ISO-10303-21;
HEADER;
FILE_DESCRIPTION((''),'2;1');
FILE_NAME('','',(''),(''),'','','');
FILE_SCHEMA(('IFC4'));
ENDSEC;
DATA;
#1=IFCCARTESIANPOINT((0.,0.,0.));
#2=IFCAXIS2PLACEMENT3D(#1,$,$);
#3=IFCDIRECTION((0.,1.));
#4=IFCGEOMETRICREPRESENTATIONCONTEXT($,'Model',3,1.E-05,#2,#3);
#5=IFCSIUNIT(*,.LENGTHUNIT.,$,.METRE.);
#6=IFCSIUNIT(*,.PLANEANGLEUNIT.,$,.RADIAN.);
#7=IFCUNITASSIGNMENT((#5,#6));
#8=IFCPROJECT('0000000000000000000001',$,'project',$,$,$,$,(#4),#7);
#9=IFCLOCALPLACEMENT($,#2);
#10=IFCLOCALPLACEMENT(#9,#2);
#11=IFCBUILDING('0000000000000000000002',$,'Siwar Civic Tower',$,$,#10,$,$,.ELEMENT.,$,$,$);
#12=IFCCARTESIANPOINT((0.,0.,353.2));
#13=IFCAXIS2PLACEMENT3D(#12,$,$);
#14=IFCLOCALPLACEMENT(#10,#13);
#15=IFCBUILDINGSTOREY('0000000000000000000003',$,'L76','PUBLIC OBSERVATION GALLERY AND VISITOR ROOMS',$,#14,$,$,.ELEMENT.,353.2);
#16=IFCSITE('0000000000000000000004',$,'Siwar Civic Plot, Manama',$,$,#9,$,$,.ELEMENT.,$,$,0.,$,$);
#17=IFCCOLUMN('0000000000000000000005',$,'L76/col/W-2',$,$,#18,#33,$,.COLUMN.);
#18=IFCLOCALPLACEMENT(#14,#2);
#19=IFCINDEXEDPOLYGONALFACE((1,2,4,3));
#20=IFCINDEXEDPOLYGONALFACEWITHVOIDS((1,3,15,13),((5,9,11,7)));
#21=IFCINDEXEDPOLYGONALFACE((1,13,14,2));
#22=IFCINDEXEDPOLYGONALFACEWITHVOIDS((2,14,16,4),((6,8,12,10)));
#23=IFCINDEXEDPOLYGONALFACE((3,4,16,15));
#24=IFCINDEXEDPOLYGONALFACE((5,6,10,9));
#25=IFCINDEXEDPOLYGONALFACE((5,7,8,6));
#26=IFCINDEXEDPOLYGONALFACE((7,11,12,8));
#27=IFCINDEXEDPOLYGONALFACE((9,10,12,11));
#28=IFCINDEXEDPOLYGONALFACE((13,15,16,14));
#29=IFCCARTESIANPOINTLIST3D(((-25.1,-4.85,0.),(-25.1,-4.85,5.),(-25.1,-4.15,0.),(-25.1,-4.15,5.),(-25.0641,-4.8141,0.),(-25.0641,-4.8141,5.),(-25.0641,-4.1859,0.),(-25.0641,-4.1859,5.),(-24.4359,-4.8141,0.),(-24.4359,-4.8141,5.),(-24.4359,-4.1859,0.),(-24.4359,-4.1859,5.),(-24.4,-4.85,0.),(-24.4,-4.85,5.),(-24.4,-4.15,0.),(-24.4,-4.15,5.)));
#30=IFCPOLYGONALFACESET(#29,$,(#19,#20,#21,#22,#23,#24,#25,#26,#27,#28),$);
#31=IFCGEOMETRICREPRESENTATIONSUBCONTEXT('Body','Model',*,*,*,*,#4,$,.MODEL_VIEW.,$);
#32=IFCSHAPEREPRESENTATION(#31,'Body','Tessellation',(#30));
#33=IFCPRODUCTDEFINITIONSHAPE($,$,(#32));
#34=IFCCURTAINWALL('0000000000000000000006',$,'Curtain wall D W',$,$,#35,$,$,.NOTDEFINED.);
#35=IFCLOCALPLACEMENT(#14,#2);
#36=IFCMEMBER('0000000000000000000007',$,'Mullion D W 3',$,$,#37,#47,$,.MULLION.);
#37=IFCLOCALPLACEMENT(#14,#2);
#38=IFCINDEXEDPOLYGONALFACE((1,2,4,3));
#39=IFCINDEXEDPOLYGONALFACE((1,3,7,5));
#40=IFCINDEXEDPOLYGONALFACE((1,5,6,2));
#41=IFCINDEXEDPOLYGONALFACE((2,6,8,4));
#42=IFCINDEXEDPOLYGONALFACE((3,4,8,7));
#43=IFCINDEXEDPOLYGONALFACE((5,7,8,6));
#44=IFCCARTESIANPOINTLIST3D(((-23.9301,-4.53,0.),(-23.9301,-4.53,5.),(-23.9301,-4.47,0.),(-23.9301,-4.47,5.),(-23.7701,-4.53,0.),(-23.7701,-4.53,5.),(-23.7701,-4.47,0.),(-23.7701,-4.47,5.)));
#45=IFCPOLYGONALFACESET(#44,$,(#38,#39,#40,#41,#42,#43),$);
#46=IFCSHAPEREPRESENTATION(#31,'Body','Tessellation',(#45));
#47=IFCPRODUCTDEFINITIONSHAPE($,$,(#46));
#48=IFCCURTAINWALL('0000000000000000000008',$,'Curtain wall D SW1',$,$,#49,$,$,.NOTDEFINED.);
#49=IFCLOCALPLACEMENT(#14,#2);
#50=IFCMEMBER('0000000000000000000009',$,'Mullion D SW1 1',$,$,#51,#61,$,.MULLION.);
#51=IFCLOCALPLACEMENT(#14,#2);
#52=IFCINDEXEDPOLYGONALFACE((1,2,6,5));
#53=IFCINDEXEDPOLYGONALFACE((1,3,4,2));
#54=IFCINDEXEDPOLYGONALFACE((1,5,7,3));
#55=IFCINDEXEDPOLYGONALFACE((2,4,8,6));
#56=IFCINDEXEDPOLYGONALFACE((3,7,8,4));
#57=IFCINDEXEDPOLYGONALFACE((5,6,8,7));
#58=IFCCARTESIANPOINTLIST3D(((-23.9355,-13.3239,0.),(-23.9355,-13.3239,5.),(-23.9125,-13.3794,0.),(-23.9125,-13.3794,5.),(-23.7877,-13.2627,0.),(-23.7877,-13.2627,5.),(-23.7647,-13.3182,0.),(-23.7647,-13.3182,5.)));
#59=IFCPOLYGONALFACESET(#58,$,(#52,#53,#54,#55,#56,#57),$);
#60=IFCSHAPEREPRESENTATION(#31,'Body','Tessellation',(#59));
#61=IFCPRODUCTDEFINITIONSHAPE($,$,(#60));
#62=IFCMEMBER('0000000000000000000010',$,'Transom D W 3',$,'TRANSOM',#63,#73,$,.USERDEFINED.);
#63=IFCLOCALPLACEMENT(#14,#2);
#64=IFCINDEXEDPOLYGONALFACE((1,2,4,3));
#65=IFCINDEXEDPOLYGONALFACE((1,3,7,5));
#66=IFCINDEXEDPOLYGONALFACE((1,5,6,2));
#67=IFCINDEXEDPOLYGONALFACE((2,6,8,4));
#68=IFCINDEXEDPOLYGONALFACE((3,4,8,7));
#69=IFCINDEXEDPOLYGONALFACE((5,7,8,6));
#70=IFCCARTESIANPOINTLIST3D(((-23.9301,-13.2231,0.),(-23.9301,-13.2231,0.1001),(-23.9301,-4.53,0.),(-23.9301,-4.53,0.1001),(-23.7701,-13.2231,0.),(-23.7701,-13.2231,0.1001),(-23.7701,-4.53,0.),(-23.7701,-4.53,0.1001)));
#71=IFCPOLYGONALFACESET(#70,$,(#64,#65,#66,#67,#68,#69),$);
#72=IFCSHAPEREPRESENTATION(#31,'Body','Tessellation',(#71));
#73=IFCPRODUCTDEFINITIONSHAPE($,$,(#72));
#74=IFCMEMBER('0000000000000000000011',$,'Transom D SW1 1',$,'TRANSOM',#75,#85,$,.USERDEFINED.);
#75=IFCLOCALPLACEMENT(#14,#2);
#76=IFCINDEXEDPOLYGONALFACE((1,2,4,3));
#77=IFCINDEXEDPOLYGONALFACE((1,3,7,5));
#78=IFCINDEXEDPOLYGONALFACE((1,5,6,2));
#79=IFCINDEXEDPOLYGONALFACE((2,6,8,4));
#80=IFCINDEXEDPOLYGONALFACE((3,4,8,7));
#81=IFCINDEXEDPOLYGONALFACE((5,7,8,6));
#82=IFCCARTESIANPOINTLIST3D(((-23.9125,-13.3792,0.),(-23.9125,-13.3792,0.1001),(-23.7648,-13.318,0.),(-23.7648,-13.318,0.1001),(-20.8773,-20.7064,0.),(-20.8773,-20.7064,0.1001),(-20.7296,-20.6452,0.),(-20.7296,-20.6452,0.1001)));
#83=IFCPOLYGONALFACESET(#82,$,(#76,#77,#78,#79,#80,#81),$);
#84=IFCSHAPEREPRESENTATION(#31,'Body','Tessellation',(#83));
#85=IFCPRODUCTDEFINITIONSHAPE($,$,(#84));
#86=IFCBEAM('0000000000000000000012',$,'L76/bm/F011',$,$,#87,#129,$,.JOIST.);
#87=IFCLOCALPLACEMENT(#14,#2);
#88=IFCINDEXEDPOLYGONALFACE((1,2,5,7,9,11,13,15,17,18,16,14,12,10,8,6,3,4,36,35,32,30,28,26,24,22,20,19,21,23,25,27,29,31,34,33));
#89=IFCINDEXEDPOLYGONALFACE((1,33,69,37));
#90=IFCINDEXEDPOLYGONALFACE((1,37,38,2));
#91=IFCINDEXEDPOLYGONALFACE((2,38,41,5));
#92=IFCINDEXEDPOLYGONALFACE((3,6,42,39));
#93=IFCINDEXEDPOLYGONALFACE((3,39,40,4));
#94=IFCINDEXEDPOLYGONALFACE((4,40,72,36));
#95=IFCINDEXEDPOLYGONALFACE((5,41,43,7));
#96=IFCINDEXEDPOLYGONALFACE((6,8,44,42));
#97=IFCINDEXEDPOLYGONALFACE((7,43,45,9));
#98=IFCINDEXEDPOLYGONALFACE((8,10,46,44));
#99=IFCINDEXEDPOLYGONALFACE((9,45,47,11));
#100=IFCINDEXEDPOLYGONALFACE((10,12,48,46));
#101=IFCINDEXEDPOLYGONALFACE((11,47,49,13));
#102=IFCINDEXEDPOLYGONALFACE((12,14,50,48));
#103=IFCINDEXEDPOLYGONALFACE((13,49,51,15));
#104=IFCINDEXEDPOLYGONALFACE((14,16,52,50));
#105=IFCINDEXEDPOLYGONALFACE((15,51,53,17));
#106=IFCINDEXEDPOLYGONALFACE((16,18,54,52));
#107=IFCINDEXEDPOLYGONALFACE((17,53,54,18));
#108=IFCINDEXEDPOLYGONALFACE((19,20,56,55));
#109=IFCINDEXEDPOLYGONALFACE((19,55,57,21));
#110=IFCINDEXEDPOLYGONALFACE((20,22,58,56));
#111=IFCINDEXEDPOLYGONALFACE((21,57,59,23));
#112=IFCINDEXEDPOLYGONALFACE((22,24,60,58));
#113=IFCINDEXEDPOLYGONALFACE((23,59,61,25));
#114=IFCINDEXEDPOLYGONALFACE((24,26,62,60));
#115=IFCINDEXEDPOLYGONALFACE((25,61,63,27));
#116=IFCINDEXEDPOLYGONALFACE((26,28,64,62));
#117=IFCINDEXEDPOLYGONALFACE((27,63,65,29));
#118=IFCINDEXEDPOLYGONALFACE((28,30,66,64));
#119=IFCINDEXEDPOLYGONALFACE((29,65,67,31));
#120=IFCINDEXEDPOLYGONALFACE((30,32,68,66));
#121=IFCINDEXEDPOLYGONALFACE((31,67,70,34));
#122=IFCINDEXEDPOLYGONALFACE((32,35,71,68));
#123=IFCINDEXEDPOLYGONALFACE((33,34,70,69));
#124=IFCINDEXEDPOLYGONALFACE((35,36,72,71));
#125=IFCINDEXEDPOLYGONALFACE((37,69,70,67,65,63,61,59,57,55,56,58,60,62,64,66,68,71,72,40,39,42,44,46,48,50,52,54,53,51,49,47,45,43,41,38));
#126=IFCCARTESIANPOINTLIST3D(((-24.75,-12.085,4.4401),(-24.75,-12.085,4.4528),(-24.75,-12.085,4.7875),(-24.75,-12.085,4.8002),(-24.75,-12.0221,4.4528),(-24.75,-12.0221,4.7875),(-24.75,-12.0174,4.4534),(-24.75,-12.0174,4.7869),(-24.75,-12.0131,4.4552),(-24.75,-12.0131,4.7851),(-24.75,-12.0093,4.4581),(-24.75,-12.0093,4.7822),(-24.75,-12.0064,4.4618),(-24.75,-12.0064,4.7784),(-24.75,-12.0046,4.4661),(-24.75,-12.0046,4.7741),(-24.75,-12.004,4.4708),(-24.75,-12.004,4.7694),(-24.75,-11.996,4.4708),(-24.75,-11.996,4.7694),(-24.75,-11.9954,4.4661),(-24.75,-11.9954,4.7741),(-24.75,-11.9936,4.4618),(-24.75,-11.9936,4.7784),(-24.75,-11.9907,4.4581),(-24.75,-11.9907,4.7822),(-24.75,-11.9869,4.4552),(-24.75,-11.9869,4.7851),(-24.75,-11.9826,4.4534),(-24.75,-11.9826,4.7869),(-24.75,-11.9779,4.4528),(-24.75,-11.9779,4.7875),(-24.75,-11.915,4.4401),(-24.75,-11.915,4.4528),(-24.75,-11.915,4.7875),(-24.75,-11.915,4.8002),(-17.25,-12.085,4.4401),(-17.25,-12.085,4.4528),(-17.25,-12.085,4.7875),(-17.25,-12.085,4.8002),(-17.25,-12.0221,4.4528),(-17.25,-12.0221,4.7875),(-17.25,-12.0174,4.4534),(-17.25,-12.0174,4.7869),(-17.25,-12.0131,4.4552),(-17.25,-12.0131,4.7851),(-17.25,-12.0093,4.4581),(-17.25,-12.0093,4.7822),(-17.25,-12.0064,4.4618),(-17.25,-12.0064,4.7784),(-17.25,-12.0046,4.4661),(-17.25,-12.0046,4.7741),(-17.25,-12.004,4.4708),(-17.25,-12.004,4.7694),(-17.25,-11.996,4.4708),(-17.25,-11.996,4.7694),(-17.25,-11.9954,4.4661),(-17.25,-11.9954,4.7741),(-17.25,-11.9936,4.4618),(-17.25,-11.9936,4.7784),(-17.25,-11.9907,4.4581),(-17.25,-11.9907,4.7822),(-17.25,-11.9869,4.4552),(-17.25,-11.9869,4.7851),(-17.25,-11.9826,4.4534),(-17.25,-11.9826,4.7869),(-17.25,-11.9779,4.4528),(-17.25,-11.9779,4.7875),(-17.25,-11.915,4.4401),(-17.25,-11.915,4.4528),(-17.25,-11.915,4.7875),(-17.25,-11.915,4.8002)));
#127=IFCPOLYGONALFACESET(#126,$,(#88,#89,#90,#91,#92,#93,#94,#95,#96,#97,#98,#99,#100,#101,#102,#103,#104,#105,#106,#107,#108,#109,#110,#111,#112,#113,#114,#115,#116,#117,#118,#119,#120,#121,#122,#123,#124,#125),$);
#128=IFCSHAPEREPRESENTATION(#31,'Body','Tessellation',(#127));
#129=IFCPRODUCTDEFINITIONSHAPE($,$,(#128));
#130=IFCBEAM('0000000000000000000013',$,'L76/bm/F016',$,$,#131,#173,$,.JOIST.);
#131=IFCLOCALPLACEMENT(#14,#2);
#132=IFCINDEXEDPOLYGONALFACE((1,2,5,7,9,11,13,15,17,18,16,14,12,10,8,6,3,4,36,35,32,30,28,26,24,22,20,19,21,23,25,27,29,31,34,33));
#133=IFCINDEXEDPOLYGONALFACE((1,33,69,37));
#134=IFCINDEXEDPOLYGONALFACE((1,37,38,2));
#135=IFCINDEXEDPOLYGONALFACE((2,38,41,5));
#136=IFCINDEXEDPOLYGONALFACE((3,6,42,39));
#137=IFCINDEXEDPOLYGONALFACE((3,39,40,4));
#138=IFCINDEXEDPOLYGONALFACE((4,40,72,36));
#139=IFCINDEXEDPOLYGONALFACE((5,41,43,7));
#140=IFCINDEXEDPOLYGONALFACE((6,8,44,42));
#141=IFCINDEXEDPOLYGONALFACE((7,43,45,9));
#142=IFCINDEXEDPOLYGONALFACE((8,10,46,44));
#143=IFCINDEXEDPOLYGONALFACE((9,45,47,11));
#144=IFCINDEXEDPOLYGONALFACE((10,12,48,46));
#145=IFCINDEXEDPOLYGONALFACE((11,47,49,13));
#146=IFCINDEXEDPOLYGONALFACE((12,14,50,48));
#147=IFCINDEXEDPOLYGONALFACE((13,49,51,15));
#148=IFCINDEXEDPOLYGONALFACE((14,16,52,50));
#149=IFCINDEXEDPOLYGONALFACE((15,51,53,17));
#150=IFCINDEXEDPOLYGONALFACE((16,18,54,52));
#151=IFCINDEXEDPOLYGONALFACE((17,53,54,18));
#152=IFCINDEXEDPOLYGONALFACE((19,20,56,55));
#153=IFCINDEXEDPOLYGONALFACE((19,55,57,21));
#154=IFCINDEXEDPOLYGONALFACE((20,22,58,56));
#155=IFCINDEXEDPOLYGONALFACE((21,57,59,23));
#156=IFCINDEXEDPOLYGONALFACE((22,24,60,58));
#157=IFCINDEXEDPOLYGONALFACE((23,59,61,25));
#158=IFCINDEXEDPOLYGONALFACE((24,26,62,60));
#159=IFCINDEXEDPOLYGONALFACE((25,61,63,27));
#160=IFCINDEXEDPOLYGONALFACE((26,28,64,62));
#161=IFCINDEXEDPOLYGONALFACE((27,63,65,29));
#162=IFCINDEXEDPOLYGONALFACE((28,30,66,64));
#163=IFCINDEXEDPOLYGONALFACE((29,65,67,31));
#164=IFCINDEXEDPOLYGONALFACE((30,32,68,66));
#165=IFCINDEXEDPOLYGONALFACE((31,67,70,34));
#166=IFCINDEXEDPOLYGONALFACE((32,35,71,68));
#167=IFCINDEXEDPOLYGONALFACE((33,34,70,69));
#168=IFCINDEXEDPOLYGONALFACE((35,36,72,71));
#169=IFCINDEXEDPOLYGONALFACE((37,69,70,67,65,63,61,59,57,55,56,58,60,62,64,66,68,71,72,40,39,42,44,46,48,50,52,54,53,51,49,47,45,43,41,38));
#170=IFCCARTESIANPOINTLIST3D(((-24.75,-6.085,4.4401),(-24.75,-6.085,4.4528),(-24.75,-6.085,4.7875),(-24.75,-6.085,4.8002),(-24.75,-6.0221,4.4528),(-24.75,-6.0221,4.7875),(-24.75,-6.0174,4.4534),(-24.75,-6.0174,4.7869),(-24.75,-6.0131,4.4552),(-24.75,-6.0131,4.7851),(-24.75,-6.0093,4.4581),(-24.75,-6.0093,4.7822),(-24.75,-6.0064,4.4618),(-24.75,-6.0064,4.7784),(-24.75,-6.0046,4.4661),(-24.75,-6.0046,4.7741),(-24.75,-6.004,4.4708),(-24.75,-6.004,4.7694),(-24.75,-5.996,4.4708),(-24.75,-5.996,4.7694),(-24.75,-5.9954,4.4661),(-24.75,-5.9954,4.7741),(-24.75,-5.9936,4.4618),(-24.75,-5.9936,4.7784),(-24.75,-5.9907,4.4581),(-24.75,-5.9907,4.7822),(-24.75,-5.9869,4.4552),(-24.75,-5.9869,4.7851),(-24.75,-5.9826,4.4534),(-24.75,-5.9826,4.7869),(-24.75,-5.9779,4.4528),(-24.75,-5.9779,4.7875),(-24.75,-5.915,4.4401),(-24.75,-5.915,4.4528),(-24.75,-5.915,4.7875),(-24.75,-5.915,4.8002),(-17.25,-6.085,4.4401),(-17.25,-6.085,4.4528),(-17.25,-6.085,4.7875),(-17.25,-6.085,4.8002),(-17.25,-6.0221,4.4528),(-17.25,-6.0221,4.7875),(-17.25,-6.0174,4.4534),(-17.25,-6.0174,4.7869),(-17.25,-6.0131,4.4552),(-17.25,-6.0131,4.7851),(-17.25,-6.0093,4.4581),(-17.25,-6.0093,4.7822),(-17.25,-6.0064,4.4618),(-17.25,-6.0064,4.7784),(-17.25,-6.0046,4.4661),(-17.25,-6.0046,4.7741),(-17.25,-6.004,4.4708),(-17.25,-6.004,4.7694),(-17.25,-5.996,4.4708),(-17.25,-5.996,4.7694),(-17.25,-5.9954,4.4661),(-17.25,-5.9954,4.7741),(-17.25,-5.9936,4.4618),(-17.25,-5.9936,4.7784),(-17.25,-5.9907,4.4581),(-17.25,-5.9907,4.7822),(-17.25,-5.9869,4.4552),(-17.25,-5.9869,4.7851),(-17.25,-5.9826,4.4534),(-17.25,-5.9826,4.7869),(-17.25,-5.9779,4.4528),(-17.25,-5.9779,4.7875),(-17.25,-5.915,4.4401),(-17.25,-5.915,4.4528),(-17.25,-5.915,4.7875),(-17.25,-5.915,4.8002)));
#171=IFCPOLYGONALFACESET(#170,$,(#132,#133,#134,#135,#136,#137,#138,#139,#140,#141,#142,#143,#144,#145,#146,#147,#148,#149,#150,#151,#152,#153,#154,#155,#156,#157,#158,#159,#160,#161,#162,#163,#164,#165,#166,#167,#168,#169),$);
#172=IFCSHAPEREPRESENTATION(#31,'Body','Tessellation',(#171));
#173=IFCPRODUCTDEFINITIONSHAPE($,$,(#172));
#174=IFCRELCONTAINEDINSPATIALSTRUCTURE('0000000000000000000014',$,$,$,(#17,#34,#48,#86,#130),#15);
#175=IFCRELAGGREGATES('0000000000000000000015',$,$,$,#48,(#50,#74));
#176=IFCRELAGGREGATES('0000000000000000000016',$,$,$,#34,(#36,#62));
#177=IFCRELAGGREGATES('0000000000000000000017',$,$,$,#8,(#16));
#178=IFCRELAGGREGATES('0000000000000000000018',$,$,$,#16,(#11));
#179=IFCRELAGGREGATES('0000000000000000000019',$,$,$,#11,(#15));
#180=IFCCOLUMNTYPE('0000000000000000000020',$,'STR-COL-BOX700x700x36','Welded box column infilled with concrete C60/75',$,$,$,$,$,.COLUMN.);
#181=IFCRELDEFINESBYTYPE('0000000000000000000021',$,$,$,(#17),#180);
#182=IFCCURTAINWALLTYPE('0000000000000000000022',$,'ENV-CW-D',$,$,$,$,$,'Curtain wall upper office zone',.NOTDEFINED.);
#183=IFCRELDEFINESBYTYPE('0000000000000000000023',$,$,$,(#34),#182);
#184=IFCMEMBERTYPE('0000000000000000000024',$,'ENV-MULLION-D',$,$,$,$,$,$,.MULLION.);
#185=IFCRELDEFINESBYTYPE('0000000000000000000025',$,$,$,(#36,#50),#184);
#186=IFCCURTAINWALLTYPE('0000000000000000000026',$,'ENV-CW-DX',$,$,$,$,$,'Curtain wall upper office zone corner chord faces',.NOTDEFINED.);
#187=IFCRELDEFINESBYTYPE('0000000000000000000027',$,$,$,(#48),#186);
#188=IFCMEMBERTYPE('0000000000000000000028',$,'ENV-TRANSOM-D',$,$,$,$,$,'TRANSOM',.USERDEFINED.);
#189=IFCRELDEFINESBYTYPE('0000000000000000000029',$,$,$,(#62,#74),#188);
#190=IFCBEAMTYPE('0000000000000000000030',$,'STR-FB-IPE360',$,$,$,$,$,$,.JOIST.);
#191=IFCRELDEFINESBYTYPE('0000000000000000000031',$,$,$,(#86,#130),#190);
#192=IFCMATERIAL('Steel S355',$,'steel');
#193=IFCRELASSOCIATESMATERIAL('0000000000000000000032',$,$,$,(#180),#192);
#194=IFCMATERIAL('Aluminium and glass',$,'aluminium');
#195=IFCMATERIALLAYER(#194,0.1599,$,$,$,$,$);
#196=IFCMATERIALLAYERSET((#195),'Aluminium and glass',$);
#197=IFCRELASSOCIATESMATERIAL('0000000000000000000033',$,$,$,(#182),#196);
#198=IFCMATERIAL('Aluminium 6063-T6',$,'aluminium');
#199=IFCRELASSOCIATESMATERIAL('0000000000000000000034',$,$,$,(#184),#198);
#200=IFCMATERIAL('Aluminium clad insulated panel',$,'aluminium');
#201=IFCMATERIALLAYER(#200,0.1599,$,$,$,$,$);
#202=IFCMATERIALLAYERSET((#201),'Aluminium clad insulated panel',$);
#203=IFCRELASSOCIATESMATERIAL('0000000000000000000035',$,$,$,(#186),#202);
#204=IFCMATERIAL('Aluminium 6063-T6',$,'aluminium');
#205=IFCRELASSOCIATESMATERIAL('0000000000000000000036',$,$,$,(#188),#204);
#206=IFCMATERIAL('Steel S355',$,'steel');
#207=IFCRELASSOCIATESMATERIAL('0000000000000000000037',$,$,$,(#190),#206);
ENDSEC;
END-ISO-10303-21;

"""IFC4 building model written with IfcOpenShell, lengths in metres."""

from ifc_helpers import new_model, si_unit, direction, frame, origin, origin_2d, place, context, subcontext, project, spatial, rectangle, hollow_rectangle, i_section, extrude, material, layer, layer_set, material_profile, profile_set, type_object, element, aggregate, save


model = new_model("IFC4")

# Units and contexts
model_context = context("Model", 3, precision=1e-05, world=origin(), true_north=direction((0.0, 1.0)))
body_context = subcontext(model_context, "Body", "Model", "MODEL_VIEW")
ifc_project = project(units=[si_unit("LENGTHUNIT", "METRE"), si_unit("PLANEANGLEUNIT", "RADIAN")], contexts=[model_context])

# Site, building, storey
site_placement = place(None, origin())
site = spatial("IfcSite", under=ifc_project, at=site_placement, Name="Siwar Civic Plot, Manama", CompositionType="ELEMENT", RefElevation=0.0)
building_placement = place(site_placement, origin())
building = spatial("IfcBuilding", under=site, at=building_placement, Name="Siwar Civic Tower", CompositionType="ELEMENT")
storey_placement = place(building_placement, frame((0.0, 0.0, 353.2)))
storey = spatial("IfcBuildingStorey", under=building, at=storey_placement, Name="L76", Description="PUBLIC OBSERVATION GALLERY AND VISITOR ROOMS", CompositionType="ELEMENT", Elevation=353.2)

# Column
ifc_material_1 = material(Name="Steel S355", Category="steel")
ifc_material_profile_1 = material_profile(ifc_material_1, hollow_rectangle(XDim=0.7, YDim=0.7, WallThickness=0.0359, at=origin_2d()), Name="BOX700x700x36")
ifc_profile_set_1 = profile_set([ifc_material_profile_1], Name="Steel S355")
column_type = type_object("IfcColumnType", Name="STR-COL-BOX700x700x36", Description="Welded box column infilled with concrete C60/75", PredefinedType="COLUMN", material=ifc_profile_set_1)
column_placement = place(storey_placement, frame((-24.75, -4.5, 0.0), z_axis=(0.0, 0.0, 1.0), x_axis=(1.0, 0.0, 0.0)))
element("IfcColumn", 1, at=column_placement, inside=storey, type_object=column_type, Name="L76/col/W-2", PredefinedType="COLUMN", context=body_context, shape_type="SweptSolid", body=[
    extrude(hollow_rectangle(XDim=0.7, YDim=0.7, WallThickness=0.0359, at=origin_2d()), origin(), (0.0, 0.0, 1.0), 5.0),
])

# Curtain walls, members
ifc_material_2 = material(Name="Aluminium and glass", Category="aluminium")
ifc_layer_1 = layer(ifc_material_2, 0.1599)
ifc_layer_set_1 = layer_set([ifc_layer_1], Name="Aluminium and glass")
curtain_wall_type_1 = type_object("IfcCurtainWallType", Name="ENV-CW-D", ElementType="Curtain wall upper office zone", PredefinedType="NOTDEFINED", material=ifc_layer_set_1)
curtain_wall_1_placement = place(storey_placement, origin())
curtain_wall_1 = element("IfcCurtainWall", 2, at=curtain_wall_1_placement, inside=storey, type_object=curtain_wall_type_1, Name="Curtain wall D W", PredefinedType="NOTDEFINED")
ifc_material_3 = material(Name="Aluminium 6063-T6", Category="aluminium")
ifc_material_profile_2 = material_profile(ifc_material_3, rectangle(XDim=0.1599, YDim=0.0601, at=origin_2d()), Name="AL 160x60")
ifc_profile_set_2 = profile_set([ifc_material_profile_2], Name="Aluminium 6063-T6")
member_type_1 = type_object("IfcMemberType", Name="ENV-MULLION-D", PredefinedType="MULLION", material=ifc_profile_set_2)
member_1_placement = place(storey_placement, frame((-23.8501, -4.5, 0.0), z_axis=(0.0, 0.0, 1.0), x_axis=(1.0, 0.0, 0.0)))
member_1 = element("IfcMember", 3, at=member_1_placement, type_object=member_type_1, Name="Mullion D W 3", PredefinedType="MULLION", context=body_context, shape_type="SweptSolid", body=[
    extrude(rectangle(XDim=0.1599, YDim=0.0601, at=origin_2d()), origin(), (0.0, 0.0, 1.0), 5.0),
])
ifc_material_4 = material(Name="Aluminium clad insulated panel", Category="aluminium")
ifc_layer_2 = layer(ifc_material_4, 0.1599)
ifc_layer_set_2 = layer_set([ifc_layer_2], Name="Aluminium clad insulated panel")
curtain_wall_type_2 = type_object("IfcCurtainWallType", Name="ENV-CW-DX", ElementType="Curtain wall upper office zone corner chord faces", PredefinedType="NOTDEFINED", material=ifc_layer_set_2)
curtain_wall_2_placement = place(storey_placement, origin())
curtain_wall_2 = element("IfcCurtainWall", 4, at=curtain_wall_2_placement, inside=storey, type_object=curtain_wall_type_2, Name="Curtain wall D SW1", PredefinedType="NOTDEFINED")
member_2_placement = place(storey_placement, frame((-23.8501, -13.321, 0.0), z_axis=(0.0, 0.0, 1.0), x_axis=(0.92388, 0.382683, 0.0)))
member_2 = element("IfcMember", 5, at=member_2_placement, type_object=member_type_1, Name="Mullion D SW1 1", PredefinedType="MULLION", context=body_context, shape_type="SweptSolid", body=[
    extrude(rectangle(XDim=0.1599, YDim=0.0601, at=origin_2d()), origin(), (0.0, 0.0, 1.0), 5.0),
])

# Members
ifc_material_5 = material(Name="Aluminium 6063-T6", Category="aluminium")
ifc_material_profile_3 = material_profile(ifc_material_5, rectangle(XDim=0.1599, YDim=0.1001, at=origin_2d()), Name="AL 160x100")
ifc_profile_set_3 = profile_set([ifc_material_profile_3], Name="Aluminium 6063-T6")
member_type_2 = type_object("IfcMemberType", Name="ENV-TRANSOM-D", ElementType="TRANSOM", PredefinedType="USERDEFINED", material=ifc_profile_set_3)
member_3_placement = place(storey_placement, frame((-23.8501, -4.53, 0.05), z_axis=(0.0, -1.0, 0.0), x_axis=(1.0, 0.0, 0.0)))
member_3 = element("IfcMember", 6, at=member_3_placement, type_object=member_type_2, Name="Transom D W 3", ObjectType="TRANSOM", PredefinedType="USERDEFINED", context=body_context, shape_type="SweptSolid", body=[
    extrude(rectangle(XDim=0.1599, YDim=0.1001, at=origin_2d()), origin(), (0.0, 0.0, 1.0), 8.6931),
])
member_4_placement = place(storey_placement, frame((-23.8386, -13.3486, 0.05), z_axis=(0.3827, -0.923873, 0.0), x_axis=(0.923873, 0.3827, 0.0)))
member_4 = element("IfcMember", 7, at=member_4_placement, type_object=member_type_2, Name="Transom D SW1 1", ObjectType="TRANSOM", PredefinedType="USERDEFINED", context=body_context, shape_type="SweptSolid", body=[
    extrude(rectangle(XDim=0.1599, YDim=0.1001, at=origin_2d()), origin(), (0.0, 0.0, 1.0), 7.9309),
])
aggregate(curtain_wall_2, [member_2, member_4])

# Beams
ifc_material_6 = material(Name="Steel S355", Category="steel")
ifc_material_profile_4 = material_profile(ifc_material_6, i_section(OverallWidth=0.1699, OverallDepth=0.3601, WebThickness=0.0081, FlangeThickness=0.0127, FilletRadius=0.0181, at=origin_2d()), Name="IPE360")
ifc_profile_set_4 = profile_set([ifc_material_profile_4], Name="Steel S355")
beam_type_1 = type_object("IfcBeamType", Name="STR-FB-IPE360", PredefinedType="JOIST", material=ifc_profile_set_4)
for number, where, z_axis, x_axis, name in (
    (8, (-24.75, -12.0, 4.6201), (1.0, 0.0, 0.0), (0.0, 1.0, 0.0), "L76/bm/F011"),
    (9, (-24.75, -6.0, 4.6201), (1.0, 0.0, 0.0), (0.0, 1.0, 0.0), "L76/bm/F016"),
):
    element("IfcBeam", number, at=place(storey_placement, frame(where, z_axis=z_axis, x_axis=x_axis)), inside=storey, type_object=beam_type_1, Name=name, PredefinedType="JOIST", context=body_context, shape_type="SweptSolid", body=[
        extrude(i_section(OverallWidth=0.1699, OverallDepth=0.3601, WebThickness=0.0081, FlangeThickness=0.0127, FilletRadius=0.0181, at=origin_2d()), origin(), (0.0, 0.0, 1.0), 7.5),
    ])

aggregate(curtain_wall_1, [member_1, member_3])

save(model, "model.ifc")
